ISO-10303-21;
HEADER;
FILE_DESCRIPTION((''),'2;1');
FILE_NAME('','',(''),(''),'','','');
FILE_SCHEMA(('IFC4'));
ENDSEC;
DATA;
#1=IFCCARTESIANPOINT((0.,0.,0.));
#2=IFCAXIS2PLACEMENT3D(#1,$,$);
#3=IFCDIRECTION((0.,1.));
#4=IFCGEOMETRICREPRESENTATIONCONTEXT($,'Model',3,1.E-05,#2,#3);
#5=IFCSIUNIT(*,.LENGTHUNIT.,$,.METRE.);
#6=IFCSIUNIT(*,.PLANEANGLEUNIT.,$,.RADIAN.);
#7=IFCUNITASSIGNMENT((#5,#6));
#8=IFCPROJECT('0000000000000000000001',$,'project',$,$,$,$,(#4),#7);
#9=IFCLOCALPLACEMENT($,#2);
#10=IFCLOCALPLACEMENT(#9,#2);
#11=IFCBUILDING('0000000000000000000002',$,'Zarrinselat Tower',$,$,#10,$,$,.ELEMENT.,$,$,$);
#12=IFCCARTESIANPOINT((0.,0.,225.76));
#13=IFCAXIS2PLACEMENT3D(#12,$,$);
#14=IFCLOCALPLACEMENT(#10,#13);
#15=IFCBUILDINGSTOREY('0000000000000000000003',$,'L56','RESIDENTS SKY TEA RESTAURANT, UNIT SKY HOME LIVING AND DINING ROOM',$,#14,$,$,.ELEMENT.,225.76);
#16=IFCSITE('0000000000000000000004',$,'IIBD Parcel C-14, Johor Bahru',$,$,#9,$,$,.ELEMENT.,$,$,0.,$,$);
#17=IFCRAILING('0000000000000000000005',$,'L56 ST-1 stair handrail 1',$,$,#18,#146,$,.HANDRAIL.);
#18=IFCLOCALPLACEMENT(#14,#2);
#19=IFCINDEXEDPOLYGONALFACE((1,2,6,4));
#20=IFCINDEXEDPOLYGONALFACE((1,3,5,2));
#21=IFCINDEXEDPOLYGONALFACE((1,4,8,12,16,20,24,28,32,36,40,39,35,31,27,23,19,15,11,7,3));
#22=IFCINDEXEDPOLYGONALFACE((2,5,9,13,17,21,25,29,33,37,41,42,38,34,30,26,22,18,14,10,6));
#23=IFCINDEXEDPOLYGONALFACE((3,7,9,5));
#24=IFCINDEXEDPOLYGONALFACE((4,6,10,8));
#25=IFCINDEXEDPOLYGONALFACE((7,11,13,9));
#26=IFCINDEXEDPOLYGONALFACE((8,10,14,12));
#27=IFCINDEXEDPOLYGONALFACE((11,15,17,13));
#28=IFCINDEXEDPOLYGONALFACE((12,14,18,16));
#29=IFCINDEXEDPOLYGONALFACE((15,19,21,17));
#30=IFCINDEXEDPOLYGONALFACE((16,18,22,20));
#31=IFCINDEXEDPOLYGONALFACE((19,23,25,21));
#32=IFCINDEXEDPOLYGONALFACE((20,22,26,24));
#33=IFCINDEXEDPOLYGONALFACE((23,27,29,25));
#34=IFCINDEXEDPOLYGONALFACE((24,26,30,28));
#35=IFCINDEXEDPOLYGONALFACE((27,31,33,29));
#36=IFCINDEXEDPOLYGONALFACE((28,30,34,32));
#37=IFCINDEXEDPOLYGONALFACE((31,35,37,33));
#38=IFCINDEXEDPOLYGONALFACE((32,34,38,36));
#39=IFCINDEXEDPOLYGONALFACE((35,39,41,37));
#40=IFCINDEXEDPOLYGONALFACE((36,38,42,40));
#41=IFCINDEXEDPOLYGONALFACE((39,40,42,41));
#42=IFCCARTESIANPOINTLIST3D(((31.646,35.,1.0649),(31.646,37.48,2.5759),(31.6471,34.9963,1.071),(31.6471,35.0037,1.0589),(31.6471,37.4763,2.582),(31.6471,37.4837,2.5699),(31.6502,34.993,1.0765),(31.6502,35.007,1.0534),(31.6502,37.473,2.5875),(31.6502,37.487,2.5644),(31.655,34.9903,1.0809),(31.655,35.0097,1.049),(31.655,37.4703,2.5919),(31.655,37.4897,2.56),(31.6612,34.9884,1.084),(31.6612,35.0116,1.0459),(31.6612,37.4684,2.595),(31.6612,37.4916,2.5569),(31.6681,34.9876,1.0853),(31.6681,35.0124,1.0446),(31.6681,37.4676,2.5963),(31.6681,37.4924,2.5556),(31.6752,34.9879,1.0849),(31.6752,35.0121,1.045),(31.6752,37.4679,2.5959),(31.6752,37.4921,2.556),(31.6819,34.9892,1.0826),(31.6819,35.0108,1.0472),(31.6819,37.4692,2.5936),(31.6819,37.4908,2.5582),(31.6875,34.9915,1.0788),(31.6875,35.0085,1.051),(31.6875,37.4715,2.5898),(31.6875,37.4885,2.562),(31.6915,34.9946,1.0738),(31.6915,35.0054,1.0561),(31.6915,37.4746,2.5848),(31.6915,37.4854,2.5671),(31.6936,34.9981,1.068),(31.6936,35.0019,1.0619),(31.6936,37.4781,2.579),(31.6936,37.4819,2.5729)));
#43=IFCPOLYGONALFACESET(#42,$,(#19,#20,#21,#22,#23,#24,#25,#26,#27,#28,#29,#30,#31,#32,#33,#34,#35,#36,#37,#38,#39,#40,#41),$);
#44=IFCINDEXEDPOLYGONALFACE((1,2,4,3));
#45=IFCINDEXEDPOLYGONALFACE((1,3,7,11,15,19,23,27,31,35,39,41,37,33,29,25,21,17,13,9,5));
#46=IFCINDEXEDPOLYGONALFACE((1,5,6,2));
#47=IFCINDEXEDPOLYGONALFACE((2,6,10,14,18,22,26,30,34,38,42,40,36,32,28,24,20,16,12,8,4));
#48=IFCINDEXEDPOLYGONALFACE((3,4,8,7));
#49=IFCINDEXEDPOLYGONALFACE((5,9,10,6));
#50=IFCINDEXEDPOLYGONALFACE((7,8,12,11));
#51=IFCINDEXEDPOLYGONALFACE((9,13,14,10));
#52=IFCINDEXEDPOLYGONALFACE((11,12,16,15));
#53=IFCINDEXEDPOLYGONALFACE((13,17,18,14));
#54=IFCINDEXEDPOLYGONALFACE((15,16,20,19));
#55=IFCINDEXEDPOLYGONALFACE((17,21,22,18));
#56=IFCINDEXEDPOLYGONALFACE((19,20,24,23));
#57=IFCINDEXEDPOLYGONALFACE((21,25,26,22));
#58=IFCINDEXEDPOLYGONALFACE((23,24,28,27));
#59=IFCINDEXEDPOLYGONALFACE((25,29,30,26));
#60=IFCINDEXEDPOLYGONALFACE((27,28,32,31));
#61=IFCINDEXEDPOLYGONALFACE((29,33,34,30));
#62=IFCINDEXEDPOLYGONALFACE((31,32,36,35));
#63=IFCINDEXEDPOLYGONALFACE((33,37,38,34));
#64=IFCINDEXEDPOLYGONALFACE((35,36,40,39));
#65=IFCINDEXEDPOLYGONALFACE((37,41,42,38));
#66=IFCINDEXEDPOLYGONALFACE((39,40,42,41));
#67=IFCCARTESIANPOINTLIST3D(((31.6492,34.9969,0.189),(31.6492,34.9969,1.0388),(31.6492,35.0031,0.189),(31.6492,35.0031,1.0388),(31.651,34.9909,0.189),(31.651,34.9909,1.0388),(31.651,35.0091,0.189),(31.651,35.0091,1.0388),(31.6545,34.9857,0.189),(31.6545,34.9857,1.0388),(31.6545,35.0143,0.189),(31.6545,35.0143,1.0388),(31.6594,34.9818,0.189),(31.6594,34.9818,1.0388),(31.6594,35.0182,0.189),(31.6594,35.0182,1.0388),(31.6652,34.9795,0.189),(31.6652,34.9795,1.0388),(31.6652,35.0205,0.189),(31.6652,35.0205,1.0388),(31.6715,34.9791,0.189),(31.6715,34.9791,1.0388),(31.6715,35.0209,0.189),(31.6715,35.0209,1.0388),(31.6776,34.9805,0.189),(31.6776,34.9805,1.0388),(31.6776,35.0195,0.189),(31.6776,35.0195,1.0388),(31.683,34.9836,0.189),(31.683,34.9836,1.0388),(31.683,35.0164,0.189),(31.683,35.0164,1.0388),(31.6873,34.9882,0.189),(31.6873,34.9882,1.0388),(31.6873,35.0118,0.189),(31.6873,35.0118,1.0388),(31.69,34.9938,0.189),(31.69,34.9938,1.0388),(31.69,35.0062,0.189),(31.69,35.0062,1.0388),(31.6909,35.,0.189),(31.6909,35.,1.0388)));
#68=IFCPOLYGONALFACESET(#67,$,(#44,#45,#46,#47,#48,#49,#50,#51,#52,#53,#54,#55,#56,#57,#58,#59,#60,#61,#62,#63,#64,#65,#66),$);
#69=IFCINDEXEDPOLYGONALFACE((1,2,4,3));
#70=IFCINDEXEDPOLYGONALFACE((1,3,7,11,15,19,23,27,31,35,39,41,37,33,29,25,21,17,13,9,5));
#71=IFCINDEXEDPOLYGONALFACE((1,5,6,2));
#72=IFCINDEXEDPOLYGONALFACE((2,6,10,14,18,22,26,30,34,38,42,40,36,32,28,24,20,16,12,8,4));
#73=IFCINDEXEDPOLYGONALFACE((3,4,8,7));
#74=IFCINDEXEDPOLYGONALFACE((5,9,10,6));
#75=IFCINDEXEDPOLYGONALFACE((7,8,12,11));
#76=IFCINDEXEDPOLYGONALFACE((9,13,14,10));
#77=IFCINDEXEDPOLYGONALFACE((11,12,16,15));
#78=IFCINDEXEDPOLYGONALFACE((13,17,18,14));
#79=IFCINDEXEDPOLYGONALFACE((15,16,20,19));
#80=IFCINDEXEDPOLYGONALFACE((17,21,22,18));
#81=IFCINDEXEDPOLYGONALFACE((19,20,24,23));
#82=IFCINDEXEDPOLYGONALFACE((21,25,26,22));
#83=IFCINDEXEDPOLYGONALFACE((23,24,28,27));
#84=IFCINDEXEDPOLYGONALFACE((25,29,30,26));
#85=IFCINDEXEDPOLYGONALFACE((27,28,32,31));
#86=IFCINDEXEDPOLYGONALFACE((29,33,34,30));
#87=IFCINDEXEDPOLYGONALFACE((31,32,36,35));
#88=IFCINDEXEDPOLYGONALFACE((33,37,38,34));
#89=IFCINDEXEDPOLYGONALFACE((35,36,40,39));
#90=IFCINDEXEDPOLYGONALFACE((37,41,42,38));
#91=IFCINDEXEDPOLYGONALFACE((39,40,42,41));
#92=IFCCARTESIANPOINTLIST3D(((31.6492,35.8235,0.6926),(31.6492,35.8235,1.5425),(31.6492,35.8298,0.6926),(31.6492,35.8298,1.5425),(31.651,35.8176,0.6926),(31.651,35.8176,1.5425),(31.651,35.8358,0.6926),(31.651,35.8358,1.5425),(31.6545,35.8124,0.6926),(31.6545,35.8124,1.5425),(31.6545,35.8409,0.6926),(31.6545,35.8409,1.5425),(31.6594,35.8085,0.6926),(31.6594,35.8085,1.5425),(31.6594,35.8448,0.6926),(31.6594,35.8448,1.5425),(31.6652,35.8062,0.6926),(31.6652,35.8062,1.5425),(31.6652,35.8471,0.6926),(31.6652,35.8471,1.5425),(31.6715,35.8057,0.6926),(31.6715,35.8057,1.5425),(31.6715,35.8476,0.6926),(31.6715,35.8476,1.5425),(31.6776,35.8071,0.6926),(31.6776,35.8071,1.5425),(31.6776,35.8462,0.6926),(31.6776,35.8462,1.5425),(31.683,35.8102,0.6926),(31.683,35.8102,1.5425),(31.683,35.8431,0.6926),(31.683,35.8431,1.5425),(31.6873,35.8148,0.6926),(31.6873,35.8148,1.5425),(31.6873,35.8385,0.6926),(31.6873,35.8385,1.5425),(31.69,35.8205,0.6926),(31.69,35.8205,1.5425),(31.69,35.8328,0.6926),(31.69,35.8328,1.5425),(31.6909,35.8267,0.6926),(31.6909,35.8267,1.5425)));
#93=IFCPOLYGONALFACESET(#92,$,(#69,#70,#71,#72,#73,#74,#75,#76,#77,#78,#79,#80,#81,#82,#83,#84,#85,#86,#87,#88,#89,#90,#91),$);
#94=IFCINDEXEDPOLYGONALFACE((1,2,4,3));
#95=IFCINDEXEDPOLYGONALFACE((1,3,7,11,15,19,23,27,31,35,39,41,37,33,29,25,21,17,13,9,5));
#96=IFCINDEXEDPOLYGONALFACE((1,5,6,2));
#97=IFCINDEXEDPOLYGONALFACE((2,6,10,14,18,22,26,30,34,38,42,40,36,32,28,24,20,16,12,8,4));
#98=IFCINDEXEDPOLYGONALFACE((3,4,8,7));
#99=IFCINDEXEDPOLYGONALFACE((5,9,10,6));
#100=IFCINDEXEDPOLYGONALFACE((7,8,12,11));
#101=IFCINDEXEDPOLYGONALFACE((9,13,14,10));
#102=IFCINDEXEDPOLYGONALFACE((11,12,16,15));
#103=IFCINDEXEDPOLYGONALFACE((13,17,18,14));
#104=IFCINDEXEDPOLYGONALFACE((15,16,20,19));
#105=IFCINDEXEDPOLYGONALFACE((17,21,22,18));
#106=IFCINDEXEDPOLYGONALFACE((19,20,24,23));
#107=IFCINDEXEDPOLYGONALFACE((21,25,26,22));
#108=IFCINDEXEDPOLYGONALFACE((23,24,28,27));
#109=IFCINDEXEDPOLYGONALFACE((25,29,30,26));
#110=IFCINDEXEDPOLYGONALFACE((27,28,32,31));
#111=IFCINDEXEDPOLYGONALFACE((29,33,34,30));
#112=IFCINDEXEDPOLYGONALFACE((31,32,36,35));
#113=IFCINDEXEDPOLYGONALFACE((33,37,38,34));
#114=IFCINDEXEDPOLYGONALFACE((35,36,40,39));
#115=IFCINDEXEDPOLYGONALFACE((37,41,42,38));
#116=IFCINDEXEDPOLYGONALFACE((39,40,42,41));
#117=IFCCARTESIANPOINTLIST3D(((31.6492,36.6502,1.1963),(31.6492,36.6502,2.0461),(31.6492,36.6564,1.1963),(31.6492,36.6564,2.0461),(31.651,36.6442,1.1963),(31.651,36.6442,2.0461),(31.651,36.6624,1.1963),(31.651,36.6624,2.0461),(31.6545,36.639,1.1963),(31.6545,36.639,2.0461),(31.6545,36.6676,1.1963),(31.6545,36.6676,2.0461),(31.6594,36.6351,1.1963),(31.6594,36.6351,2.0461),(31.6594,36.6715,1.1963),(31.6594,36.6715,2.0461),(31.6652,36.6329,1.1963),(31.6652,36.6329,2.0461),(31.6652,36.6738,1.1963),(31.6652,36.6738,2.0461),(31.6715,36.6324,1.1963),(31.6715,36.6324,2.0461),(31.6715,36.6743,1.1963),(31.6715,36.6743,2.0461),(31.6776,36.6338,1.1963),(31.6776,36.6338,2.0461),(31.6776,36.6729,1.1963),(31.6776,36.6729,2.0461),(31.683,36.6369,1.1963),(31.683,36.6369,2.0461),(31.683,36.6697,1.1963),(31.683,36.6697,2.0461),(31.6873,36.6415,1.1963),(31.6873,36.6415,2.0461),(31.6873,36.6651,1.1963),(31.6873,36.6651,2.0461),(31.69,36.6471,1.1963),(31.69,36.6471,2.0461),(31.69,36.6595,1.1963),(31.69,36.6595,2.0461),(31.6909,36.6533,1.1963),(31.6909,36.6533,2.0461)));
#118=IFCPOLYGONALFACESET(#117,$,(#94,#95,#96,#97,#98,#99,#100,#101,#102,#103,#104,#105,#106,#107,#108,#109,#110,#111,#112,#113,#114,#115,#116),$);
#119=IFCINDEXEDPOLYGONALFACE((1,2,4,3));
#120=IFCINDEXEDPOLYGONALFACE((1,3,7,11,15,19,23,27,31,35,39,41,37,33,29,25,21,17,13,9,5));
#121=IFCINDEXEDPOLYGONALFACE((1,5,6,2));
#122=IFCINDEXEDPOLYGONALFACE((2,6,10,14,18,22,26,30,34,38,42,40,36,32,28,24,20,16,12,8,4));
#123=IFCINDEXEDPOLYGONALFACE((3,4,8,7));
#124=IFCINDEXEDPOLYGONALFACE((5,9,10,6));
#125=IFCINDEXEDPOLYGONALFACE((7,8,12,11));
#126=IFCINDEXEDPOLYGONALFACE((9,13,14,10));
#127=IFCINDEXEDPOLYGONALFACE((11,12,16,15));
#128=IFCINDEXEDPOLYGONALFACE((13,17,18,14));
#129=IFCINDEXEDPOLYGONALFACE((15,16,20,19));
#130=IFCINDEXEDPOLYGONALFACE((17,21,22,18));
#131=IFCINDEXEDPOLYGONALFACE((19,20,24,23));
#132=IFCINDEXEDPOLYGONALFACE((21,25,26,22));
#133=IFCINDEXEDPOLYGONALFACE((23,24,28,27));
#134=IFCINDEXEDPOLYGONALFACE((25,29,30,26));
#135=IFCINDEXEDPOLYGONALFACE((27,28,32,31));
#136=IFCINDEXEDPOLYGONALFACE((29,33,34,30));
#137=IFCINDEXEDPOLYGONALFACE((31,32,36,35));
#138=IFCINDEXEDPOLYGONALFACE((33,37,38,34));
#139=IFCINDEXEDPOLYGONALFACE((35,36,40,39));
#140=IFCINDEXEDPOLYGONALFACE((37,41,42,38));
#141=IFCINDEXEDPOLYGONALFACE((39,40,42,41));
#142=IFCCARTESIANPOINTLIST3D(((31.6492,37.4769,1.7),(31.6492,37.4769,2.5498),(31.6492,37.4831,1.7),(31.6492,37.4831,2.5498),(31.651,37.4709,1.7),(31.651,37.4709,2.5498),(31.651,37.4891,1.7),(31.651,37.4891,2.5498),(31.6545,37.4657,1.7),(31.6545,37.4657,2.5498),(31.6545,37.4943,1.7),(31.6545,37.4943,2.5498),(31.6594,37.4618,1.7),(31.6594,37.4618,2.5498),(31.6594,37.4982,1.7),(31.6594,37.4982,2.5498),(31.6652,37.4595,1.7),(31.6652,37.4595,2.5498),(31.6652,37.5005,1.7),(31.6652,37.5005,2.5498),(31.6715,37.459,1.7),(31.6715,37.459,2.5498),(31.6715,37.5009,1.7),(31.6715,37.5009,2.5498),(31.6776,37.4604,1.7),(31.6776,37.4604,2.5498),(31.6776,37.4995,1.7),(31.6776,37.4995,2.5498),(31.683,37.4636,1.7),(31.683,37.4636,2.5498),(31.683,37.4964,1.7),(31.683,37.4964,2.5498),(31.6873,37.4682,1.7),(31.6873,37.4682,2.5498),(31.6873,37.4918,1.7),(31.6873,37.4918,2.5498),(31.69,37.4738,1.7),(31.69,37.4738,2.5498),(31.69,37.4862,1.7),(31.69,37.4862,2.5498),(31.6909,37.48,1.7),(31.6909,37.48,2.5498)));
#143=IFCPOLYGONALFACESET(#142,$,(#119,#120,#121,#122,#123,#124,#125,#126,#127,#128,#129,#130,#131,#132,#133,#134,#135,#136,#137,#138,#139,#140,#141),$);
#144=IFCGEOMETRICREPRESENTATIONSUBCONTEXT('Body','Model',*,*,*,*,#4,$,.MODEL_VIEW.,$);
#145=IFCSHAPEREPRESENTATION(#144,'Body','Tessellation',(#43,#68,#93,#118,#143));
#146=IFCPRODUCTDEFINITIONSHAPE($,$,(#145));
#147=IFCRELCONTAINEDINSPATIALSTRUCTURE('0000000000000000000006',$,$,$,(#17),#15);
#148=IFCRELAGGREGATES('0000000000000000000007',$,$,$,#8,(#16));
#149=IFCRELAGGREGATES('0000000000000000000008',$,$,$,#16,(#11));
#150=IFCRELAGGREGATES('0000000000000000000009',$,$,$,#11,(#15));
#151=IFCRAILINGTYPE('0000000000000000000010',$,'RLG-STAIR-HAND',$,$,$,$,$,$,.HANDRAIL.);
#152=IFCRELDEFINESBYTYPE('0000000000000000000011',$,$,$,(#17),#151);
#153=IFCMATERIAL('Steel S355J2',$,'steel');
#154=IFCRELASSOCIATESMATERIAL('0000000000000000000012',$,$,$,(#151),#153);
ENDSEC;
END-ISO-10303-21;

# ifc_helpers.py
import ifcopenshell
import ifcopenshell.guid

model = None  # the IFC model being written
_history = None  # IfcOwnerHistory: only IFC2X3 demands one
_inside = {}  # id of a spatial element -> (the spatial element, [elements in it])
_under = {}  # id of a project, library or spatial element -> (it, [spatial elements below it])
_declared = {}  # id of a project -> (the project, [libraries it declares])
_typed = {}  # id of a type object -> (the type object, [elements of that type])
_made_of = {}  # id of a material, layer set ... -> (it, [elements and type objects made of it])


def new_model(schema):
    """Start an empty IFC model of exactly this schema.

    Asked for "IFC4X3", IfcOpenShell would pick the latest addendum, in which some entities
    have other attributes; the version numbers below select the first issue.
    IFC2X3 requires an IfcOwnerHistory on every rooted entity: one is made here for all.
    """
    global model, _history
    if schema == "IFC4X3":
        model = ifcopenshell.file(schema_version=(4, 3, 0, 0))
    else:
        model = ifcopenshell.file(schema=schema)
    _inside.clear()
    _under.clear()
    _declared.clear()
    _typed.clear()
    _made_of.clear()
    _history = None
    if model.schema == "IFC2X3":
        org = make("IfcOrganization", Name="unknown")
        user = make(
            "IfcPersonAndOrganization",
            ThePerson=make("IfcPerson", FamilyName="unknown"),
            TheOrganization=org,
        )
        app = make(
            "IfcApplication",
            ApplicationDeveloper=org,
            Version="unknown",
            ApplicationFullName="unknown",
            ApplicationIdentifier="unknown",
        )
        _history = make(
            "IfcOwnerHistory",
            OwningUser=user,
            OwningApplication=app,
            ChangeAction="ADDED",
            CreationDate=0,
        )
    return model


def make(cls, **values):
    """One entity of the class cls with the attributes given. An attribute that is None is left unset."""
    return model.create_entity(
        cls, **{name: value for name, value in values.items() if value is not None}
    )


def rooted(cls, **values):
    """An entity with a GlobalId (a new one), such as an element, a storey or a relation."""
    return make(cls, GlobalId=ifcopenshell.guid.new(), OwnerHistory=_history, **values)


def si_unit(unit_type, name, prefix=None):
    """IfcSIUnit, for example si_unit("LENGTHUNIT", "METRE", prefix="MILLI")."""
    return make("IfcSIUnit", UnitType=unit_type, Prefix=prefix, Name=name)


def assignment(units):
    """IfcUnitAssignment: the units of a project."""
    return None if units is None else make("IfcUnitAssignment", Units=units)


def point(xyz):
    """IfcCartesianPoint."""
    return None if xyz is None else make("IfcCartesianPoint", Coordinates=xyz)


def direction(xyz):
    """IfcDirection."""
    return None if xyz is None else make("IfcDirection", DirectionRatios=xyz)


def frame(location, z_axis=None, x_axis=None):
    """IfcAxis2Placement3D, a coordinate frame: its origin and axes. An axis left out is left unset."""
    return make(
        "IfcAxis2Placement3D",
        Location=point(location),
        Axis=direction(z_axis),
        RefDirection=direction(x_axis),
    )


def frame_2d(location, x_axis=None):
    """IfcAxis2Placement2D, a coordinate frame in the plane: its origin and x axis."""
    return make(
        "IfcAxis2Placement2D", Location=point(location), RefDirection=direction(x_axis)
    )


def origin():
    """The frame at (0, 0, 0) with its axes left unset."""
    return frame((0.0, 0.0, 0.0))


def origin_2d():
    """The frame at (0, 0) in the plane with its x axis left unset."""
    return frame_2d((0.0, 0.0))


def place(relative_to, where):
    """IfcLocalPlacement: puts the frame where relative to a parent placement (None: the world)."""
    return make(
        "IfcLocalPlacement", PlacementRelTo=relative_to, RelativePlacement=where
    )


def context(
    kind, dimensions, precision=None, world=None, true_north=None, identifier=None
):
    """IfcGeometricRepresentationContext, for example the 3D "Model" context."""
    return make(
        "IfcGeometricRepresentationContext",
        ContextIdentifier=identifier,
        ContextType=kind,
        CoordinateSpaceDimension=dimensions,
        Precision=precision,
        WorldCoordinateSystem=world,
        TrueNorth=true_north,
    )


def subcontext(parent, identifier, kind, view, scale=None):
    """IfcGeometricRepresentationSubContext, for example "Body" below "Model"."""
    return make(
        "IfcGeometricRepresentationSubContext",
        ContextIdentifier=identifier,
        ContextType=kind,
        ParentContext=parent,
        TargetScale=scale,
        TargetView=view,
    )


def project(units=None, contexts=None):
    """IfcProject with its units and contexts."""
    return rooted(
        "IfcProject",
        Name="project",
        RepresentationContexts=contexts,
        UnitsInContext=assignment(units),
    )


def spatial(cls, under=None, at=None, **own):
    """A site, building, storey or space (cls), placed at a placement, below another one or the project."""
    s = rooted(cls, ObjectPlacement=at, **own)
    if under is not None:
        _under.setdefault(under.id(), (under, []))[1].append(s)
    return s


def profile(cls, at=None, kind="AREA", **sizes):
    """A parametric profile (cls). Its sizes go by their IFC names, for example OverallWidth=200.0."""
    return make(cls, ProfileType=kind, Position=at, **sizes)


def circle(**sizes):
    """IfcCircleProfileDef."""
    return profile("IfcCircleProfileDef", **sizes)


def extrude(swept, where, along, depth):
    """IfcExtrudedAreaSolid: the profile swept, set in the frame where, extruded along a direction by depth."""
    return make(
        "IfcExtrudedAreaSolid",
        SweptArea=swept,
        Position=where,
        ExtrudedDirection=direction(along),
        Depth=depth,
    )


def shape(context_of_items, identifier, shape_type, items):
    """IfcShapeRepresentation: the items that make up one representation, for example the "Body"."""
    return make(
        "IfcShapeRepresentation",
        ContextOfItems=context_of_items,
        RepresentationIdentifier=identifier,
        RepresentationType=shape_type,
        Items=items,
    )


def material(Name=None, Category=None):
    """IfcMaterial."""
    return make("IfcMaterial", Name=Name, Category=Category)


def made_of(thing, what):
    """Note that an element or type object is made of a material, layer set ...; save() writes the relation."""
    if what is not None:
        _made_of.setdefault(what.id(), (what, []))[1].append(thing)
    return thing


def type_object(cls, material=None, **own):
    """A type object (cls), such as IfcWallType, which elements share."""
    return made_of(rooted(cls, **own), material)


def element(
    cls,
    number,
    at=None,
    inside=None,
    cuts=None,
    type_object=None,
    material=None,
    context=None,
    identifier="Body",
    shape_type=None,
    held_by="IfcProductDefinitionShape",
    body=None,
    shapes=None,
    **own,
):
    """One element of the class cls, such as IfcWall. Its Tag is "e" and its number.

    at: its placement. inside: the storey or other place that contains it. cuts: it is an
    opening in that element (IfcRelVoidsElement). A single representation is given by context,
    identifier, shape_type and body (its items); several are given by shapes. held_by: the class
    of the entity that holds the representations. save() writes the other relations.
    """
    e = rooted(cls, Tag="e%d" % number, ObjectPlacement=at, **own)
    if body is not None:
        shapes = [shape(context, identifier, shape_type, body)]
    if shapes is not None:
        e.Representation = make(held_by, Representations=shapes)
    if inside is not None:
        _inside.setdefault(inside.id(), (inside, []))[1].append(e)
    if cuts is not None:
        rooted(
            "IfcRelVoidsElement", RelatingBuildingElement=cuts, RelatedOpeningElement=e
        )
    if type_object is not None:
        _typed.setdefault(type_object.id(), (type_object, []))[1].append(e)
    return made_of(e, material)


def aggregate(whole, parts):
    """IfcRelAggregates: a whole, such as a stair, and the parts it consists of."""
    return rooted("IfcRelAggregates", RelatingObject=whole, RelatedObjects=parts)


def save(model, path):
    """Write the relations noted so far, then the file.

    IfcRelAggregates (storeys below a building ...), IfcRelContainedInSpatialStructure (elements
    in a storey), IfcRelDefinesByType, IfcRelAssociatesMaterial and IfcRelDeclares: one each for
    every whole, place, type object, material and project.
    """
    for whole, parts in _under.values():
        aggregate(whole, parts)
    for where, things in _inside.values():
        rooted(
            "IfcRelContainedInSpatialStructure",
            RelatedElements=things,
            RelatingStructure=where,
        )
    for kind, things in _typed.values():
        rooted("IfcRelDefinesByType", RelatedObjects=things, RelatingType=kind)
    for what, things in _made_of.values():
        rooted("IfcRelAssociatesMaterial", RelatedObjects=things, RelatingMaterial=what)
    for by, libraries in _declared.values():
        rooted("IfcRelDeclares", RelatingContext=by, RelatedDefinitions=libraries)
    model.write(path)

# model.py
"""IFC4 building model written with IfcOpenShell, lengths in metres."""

from ifc_helpers import new_model, si_unit, direction, frame, origin, origin_2d, place, context, subcontext, project, spatial, circle, extrude, material, type_object, element, save


model = new_model("IFC4")

# Units and contexts
model_context = context("Model", 3, precision=1e-05, world=origin(), true_north=direction((0.0, 1.0)))
body_context = subcontext(model_context, "Body", "Model", "MODEL_VIEW")
ifc_project = project(units=[si_unit("LENGTHUNIT", "METRE"), si_unit("PLANEANGLEUNIT", "RADIAN")], contexts=[model_context])

# Site, building, storey
site_placement = place(None, origin())
site = spatial("IfcSite", under=ifc_project, at=site_placement, Name="IIBD Parcel C-14, Johor Bahru", CompositionType="ELEMENT", RefElevation=0.0)
building_placement = place(site_placement, origin())
building = spatial("IfcBuilding", under=site, at=building_placement, Name="Zarrinselat Tower", CompositionType="ELEMENT")
storey_placement = place(building_placement, frame((0.0, 0.0, 225.76)))
storey = spatial("IfcBuildingStorey", under=building, at=storey_placement, Name="L56", Description="RESIDENTS SKY TEA RESTAURANT, UNIT SKY HOME LIVING AND DINING ROOM", CompositionType="ELEMENT", Elevation=225.76)

# Railing
ifc_material_1 = material(Name="Steel S355J2", Category="steel")
railing_type_1 = type_object("IfcRailingType", Name="RLG-STAIR-HAND", PredefinedType="HANDRAIL", material=ifc_material_1)
railing_1_placement = place(storey_placement, frame((31.6699, 35.0, 0.189)))
element("IfcRailing", 1, at=railing_1_placement, inside=storey, type_object=railing_type_1, Name="L56 ST-1 stair handrail 1", PredefinedType="HANDRAIL", context=body_context, shape_type="SweptSolid", body=[
    extrude(circle(Radius=0.0239, at=origin_2d()), frame((0.0, 0.0, 0.876), z_axis=(0.0, 0.853979, 0.520307), x_axis=(-1.0, 0.0, 0.0)), (0.0, 0.0, 1.0), 2.9041),
    extrude(circle(Radius=0.021, at=origin_2d()), origin(), (0.0, 0.0, 1.0), 0.8499),
    extrude(circle(Radius=0.021, at=origin_2d()), frame((0.0, 0.8267, 0.5037)), (0.0, 0.0, 1.0), 0.8499),
    extrude(circle(Radius=0.021, at=origin_2d()), frame((0.0, 1.6533, 1.0073)), (0.0, 0.0, 1.0), 0.8499),
    extrude(circle(Radius=0.021, at=origin_2d()), frame((0.0, 2.48, 1.511)), (0.0, 0.0, 1.0), 0.8499),
])

save(model, "model.ifc")
